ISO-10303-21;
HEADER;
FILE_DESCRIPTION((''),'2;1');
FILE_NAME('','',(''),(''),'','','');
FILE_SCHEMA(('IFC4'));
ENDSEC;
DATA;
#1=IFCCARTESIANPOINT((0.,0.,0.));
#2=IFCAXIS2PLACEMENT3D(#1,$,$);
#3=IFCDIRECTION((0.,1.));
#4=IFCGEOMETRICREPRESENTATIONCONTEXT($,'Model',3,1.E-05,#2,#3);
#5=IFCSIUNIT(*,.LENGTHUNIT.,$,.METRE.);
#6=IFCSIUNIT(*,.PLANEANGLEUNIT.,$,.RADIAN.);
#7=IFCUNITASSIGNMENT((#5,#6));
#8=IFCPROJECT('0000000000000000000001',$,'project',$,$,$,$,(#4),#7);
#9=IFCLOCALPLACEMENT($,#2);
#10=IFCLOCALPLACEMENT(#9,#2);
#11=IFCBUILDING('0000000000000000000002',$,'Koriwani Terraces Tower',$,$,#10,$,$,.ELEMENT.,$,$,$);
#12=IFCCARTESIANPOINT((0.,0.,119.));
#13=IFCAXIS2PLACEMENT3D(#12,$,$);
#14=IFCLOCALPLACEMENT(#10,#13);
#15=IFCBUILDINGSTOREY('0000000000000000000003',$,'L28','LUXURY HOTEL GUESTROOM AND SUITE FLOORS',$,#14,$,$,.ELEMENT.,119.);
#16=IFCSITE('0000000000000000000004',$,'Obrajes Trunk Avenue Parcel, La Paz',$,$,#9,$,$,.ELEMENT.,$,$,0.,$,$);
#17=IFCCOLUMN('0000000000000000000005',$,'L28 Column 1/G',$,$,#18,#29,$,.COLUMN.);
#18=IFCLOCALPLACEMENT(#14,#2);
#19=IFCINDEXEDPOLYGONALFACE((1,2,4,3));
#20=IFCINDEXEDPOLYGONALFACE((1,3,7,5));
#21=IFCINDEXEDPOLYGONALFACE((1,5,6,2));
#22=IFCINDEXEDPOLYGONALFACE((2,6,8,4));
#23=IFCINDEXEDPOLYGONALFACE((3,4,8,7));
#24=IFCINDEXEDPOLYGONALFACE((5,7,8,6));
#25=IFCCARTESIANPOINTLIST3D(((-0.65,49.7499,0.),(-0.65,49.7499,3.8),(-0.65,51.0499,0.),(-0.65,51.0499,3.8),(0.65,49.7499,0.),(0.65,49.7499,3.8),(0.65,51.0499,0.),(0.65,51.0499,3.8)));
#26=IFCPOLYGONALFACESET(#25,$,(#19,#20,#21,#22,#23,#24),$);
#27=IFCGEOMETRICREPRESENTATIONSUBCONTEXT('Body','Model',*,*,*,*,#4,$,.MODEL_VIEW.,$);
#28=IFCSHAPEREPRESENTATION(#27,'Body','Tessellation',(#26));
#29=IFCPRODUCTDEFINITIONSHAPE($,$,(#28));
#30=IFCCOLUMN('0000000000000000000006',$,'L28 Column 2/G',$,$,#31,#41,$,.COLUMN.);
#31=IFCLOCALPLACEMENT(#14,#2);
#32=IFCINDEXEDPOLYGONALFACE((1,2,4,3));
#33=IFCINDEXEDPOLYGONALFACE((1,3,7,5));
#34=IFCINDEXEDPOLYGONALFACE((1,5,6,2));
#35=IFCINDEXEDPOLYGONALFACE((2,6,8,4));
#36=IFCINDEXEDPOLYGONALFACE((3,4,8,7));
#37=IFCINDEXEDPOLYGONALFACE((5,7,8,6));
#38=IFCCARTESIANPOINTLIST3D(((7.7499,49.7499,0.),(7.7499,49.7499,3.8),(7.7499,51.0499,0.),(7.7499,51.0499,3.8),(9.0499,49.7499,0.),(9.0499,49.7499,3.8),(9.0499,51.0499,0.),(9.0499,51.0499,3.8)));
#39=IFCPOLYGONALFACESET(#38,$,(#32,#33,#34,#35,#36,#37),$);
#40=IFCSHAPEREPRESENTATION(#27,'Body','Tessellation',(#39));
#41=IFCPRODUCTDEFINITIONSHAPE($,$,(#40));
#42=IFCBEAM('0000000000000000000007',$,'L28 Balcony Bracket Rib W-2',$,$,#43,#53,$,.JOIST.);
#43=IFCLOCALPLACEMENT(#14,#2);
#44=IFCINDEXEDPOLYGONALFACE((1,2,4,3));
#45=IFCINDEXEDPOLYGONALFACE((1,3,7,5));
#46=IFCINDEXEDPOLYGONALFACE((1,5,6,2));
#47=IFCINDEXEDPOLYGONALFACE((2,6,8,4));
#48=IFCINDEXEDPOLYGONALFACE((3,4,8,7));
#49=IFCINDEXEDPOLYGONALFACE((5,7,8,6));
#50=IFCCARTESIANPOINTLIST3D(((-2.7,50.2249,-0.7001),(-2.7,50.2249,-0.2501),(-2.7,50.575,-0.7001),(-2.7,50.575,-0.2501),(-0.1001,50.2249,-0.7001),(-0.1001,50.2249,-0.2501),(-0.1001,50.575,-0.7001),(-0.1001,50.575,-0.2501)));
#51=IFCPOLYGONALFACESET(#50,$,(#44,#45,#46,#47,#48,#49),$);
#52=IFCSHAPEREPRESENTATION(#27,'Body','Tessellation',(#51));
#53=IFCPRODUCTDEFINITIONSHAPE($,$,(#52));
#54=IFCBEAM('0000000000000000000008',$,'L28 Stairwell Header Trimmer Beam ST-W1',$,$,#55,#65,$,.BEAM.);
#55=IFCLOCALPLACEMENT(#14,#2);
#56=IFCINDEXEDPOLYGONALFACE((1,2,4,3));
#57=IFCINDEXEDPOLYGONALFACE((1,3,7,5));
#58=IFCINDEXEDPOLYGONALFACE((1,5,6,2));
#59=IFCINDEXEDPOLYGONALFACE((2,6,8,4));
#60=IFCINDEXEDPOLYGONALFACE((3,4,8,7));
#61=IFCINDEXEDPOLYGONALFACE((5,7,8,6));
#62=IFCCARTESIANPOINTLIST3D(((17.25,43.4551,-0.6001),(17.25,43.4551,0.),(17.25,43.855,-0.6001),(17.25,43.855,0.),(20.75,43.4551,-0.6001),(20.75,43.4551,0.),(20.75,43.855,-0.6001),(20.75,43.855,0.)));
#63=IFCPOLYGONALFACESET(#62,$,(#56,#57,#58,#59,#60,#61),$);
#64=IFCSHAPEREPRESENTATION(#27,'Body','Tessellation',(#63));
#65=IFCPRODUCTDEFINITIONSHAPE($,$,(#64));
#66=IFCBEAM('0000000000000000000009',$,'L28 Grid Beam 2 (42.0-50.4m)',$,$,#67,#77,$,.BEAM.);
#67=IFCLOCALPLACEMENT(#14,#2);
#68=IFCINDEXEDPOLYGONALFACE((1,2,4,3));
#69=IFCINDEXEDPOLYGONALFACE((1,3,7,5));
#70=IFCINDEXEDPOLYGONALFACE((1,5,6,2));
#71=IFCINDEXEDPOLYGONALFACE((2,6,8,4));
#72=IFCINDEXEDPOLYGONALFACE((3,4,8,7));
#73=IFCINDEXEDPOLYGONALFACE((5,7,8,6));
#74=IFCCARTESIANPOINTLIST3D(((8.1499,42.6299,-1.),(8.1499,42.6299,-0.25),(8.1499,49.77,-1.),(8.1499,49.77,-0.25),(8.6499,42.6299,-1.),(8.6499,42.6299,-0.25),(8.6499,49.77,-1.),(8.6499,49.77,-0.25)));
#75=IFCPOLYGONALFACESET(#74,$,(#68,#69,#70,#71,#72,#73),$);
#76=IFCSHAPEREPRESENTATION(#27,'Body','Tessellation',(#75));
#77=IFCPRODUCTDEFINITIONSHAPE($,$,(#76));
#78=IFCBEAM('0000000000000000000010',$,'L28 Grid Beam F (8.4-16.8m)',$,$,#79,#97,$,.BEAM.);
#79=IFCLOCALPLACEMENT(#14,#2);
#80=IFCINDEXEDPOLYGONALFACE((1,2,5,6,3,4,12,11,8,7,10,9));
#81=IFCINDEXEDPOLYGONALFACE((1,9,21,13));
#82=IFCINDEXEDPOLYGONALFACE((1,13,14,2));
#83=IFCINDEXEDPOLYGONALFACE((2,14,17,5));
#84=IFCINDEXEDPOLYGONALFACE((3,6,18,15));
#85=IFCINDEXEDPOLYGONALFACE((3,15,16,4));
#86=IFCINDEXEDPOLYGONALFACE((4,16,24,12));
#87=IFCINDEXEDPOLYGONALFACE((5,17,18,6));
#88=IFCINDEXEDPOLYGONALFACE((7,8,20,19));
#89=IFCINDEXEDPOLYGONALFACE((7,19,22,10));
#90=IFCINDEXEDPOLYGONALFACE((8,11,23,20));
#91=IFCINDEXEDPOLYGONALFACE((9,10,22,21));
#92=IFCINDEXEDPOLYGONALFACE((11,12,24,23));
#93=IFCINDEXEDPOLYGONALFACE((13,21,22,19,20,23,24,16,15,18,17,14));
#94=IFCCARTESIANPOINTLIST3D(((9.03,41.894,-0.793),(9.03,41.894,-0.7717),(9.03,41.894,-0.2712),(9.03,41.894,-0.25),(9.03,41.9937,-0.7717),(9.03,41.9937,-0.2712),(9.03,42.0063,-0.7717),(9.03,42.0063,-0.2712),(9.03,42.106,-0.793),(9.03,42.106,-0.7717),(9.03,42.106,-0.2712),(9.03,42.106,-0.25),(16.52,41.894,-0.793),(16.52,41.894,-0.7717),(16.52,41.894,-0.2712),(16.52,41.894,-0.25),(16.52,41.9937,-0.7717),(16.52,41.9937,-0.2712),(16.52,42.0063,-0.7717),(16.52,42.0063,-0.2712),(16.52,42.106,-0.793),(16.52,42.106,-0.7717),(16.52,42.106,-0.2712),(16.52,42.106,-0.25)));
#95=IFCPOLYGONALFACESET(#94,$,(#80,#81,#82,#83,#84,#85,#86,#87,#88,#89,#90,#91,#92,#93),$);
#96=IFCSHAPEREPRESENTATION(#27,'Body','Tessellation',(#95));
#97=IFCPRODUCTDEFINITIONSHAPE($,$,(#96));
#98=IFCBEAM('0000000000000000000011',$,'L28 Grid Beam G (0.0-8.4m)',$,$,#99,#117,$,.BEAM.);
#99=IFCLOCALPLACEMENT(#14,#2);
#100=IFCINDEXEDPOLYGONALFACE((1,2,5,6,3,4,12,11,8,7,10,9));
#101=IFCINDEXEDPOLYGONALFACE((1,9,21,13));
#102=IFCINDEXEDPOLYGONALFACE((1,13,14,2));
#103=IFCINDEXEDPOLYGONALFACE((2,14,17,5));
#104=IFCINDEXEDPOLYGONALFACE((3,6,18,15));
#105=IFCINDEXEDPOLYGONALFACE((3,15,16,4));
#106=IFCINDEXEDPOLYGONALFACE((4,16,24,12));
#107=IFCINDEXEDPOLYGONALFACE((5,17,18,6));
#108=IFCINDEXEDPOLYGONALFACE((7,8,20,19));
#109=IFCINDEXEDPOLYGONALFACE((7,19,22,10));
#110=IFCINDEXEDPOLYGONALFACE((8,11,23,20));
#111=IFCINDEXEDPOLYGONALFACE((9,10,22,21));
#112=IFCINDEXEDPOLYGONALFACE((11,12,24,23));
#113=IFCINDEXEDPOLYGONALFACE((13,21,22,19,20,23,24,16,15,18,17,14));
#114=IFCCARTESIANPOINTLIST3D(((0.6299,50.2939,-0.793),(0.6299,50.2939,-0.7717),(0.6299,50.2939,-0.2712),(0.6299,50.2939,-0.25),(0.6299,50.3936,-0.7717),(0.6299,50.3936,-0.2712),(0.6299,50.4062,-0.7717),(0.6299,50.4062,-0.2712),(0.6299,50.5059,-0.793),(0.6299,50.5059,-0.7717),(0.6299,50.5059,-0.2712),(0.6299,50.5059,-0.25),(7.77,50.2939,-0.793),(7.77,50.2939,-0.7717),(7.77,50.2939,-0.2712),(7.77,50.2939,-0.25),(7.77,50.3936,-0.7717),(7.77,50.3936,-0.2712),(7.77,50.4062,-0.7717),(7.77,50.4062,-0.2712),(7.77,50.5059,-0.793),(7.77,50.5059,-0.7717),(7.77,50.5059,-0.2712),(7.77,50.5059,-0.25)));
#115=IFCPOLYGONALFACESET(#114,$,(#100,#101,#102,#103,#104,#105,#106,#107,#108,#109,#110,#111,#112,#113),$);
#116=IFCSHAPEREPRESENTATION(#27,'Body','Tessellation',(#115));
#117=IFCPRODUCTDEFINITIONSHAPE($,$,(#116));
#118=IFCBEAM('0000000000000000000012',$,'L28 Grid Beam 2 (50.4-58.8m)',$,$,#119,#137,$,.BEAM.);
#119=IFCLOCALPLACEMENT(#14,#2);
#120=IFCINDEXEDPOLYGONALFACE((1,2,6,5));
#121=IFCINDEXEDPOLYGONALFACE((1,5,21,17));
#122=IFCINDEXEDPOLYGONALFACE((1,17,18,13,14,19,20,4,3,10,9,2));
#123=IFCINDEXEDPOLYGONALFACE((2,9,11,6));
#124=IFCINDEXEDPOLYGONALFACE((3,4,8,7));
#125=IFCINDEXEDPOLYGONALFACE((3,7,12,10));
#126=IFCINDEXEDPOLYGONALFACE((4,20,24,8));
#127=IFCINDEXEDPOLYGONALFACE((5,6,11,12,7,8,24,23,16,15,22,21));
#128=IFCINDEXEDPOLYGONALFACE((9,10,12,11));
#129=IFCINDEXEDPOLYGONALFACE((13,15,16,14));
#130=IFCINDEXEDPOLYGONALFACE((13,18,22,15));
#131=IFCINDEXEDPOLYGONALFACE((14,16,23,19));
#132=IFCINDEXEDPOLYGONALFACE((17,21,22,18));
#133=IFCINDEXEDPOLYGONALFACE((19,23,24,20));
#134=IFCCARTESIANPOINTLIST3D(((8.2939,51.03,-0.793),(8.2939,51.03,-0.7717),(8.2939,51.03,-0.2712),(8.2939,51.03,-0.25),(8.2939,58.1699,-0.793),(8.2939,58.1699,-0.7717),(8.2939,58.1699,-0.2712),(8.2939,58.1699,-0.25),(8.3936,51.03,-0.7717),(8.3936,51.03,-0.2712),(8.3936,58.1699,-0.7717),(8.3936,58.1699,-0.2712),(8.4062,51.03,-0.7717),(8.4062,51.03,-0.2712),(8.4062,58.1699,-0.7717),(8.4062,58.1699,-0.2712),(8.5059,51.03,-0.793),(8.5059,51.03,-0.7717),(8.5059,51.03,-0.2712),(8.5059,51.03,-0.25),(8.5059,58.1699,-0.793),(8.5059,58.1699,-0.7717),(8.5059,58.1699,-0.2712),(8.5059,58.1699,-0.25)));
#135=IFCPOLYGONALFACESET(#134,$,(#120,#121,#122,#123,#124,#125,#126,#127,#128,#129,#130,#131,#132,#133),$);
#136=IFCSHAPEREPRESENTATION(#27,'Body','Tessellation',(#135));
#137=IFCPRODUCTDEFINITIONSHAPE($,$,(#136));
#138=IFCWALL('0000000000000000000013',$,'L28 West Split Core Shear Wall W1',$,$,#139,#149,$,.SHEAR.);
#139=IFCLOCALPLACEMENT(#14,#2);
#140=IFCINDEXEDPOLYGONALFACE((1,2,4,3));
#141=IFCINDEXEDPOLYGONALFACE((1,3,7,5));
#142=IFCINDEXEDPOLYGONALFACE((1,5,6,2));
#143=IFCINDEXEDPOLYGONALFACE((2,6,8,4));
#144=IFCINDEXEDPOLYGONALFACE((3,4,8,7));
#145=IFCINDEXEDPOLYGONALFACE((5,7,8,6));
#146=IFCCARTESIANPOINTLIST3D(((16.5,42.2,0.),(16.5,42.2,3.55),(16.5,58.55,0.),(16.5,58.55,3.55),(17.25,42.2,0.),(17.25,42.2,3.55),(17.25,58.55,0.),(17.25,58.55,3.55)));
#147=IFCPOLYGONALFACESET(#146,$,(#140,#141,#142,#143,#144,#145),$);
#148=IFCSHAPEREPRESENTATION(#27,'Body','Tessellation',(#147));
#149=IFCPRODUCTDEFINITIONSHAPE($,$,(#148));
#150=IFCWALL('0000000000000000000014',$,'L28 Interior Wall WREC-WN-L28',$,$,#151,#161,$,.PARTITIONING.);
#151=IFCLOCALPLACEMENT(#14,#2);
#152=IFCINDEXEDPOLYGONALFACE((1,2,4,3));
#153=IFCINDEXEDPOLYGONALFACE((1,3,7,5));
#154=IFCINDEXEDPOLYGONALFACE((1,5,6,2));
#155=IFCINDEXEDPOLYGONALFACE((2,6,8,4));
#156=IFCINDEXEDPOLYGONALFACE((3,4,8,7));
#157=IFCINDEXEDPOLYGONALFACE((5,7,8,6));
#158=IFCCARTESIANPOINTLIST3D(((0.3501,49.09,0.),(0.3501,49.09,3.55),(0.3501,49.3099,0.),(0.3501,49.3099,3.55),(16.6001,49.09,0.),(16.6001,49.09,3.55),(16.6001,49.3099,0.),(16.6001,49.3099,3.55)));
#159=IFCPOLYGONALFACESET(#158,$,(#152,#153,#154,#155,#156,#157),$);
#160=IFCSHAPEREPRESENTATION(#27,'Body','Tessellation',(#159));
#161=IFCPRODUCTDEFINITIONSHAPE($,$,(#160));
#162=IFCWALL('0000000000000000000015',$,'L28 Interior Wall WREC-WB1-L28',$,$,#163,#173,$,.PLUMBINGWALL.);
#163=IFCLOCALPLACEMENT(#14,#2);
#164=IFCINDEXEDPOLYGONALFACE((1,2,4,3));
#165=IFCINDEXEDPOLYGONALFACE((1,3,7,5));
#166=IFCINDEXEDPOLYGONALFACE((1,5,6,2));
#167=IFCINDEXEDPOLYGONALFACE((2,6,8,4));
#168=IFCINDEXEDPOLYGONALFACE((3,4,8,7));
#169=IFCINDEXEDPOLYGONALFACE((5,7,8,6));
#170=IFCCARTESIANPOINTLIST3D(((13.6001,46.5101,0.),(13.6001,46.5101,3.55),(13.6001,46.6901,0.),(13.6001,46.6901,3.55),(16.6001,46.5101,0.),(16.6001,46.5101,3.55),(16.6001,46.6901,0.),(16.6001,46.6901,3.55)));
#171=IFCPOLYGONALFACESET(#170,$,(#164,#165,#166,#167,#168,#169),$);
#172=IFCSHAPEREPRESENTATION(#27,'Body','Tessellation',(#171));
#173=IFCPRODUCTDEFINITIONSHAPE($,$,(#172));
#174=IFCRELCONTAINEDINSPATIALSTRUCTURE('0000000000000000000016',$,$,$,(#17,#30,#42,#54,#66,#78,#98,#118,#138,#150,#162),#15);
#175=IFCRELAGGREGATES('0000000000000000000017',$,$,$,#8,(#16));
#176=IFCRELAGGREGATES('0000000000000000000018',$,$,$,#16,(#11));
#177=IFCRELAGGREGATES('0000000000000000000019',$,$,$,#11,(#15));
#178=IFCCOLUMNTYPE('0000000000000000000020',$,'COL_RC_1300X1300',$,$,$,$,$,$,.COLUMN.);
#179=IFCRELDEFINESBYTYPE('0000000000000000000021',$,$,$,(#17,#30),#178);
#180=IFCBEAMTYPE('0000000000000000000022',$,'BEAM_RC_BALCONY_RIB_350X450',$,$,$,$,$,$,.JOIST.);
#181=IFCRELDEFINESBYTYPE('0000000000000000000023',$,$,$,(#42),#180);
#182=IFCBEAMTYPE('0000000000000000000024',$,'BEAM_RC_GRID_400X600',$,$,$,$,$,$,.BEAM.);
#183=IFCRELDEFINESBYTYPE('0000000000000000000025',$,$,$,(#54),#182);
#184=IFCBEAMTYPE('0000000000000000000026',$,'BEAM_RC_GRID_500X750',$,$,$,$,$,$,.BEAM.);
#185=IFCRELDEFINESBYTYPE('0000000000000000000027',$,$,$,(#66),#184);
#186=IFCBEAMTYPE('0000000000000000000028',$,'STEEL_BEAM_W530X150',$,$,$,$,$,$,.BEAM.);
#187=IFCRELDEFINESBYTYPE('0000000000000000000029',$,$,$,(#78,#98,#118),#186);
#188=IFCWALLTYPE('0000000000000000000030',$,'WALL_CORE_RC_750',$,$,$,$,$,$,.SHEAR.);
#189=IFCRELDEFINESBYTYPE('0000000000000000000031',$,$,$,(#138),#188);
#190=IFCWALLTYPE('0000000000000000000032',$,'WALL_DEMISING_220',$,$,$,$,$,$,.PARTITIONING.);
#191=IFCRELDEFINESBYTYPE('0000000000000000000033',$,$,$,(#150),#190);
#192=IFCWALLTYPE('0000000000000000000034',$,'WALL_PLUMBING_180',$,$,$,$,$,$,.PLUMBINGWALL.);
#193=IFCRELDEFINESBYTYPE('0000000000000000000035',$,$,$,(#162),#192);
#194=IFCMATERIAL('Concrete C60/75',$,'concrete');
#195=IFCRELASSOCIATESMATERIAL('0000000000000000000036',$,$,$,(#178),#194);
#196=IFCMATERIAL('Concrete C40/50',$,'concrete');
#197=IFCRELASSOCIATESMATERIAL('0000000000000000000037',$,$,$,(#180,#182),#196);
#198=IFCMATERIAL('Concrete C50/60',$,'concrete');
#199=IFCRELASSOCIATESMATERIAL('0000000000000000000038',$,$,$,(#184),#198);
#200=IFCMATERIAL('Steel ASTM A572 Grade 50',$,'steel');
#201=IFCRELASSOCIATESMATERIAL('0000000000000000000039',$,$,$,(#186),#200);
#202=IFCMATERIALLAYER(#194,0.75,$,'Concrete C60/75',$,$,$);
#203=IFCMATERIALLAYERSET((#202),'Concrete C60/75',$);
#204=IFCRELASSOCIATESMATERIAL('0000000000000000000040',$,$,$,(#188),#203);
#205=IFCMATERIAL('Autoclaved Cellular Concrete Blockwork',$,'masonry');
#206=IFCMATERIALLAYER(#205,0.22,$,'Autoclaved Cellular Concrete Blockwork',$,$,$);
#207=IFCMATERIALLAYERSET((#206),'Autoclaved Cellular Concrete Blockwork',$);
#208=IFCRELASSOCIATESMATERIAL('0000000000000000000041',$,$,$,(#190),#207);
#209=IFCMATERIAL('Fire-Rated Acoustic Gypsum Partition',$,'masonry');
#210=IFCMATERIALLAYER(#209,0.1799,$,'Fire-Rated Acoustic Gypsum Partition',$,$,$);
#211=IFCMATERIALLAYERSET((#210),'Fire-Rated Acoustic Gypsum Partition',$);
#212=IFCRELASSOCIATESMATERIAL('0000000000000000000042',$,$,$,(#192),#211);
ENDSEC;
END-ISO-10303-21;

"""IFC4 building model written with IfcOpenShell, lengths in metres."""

from ifc_helpers import new_model, si_unit, direction, frame, frame_2d, origin, origin_2d, place, context, subcontext, project, spatial, rectangle, i_section, extrude, material, layer, layer_set, material_profile, profile_set, type_object, element, save


model = new_model("IFC4")

# Units and contexts
model_context = context("Model", 3, precision=1e-05, world=origin(), true_north=direction((0.0, 1.0)))
body_context = subcontext(model_context, "Body", "Model", "MODEL_VIEW")
ifc_project = project(units=[si_unit("LENGTHUNIT", "METRE"), si_unit("PLANEANGLEUNIT", "RADIAN")], contexts=[model_context])

# Site, building, storey
site_placement = place(None, origin())
site = spatial("IfcSite", under=ifc_project, at=site_placement, Name="Obrajes Trunk Avenue Parcel, La Paz", CompositionType="ELEMENT", RefElevation=0.0)
building_placement = place(site_placement, origin())
building = spatial("IfcBuilding", under=site, at=building_placement, Name="Koriwani Terraces Tower", CompositionType="ELEMENT")
storey_placement = place(building_placement, frame((0.0, 0.0, 119.0)))
storey = spatial("IfcBuildingStorey", under=building, at=storey_placement, Name="L28", Description="LUXURY HOTEL GUESTROOM AND SUITE FLOORS", CompositionType="ELEMENT", Elevation=119.0)

# Columns
ifc_material_1 = material(Name="Concrete C60/75", Category="concrete")
ifc_material_profile_1 = material_profile(ifc_material_1, rectangle(XDim=1.3, YDim=1.3, at=origin_2d()), Name="Concrete C60/75", Category="LoadBearing")
ifc_profile_set_1 = profile_set([ifc_material_profile_1], Name="Concrete C60/75")
column_type = type_object("IfcColumnType", Name="COL_RC_1300X1300", PredefinedType="COLUMN", material=ifc_profile_set_1)
for number, where, z_axis, x_axis, name in (
    (1, (0.0, 50.3999, 0.0), (0.0, 0.0, 1.0), (1.0, 0.0, 0.0), "L28 Column 1/G"),
    (2, (8.3999, 50.3999, 0.0), (0.0, 0.0, 1.0), (1.0, 0.0, 0.0), "L28 Column 2/G"),
):
    element("IfcColumn", number, at=place(storey_placement, frame(where, z_axis=z_axis, x_axis=x_axis)), inside=storey, type_object=column_type, Name=name, PredefinedType="COLUMN", context=body_context, shape_type="SweptSolid", body=[
        extrude(rectangle(XDim=1.3, YDim=1.3, at=origin_2d()), origin(), (0.0, 0.0, 1.0), 3.8),
    ])

# Beams
ifc_material_2 = material(Name="Concrete C40/50", Category="concrete")
ifc_material_profile_2 = material_profile(ifc_material_2, rectangle(XDim=0.3501, YDim=0.45, at=origin_2d()), Name="Concrete C40/50", Category="LoadBearing")
ifc_profile_set_2 = profile_set([ifc_material_profile_2], Name="Concrete C40/50")
beam_type_1 = type_object("IfcBeamType", Name="BEAM_RC_BALCONY_RIB_350X450", PredefinedType="JOIST", material=ifc_profile_set_2)
beam_1_placement = place(storey_placement, frame((-2.7, 50.3999, -0.4751), z_axis=(1.0, 0.0, 0.0), x_axis=(0.0, 1.0, 0.0)))
element("IfcBeam", 3, at=beam_1_placement, inside=storey, type_object=beam_type_1, Name="L28 Balcony Bracket Rib W-2", PredefinedType="JOIST", context=body_context, shape_type="SweptSolid", body=[
    extrude(rectangle(XDim=0.3501, YDim=0.45, at=origin_2d()), origin(), (0.0, 0.0, 1.0), 2.5999),
])
ifc_material_profile_3 = material_profile(ifc_material_2, rectangle(XDim=0.3999, YDim=0.6001, at=origin_2d()), Name="Concrete C40/50", Category="LoadBearing")
ifc_profile_set_3 = profile_set([ifc_material_profile_3], Name="Concrete C40/50")
beam_type_2 = type_object("IfcBeamType", Name="BEAM_RC_GRID_400X600", PredefinedType="BEAM", material=ifc_profile_set_3)
beam_2_placement = place(storey_placement, frame((17.25, 43.655, -0.3), z_axis=(1.0, 0.0, 0.0), x_axis=(0.0, 1.0, 0.0)))
element("IfcBeam", 4, at=beam_2_placement, inside=storey, type_object=beam_type_2, Name="L28 Stairwell Header Trimmer Beam ST-W1", PredefinedType="BEAM", context=body_context, shape_type="SweptSolid", body=[
    extrude(rectangle(XDim=0.3999, YDim=0.6001, at=origin_2d()), origin(), (0.0, 0.0, 1.0), 3.5),
])
ifc_material_3 = material(Name="Concrete C50/60", Category="concrete")
ifc_material_profile_4 = material_profile(ifc_material_3, rectangle(XDim=0.5, YDim=0.75, at=origin_2d()), Name="Concrete C50/60", Category="LoadBearing")
ifc_profile_set_4 = profile_set([ifc_material_profile_4], Name="Concrete C50/60")
beam_type_3 = type_object("IfcBeamType", Name="BEAM_RC_GRID_500X750", PredefinedType="BEAM", material=ifc_profile_set_4)
beam_3_placement = place(storey_placement, frame((8.3999, 42.6299, -0.625), z_axis=(0.0, 1.0, 0.0), x_axis=(-1.0, 0.0, 0.0)))
element("IfcBeam", 5, at=beam_3_placement, inside=storey, type_object=beam_type_3, Name="L28 Grid Beam 2 (42.0-50.4m)", PredefinedType="BEAM", context=body_context, shape_type="SweptSolid", body=[
    extrude(rectangle(XDim=0.5, YDim=0.75, at=origin_2d()), origin(), (0.0, 0.0, 1.0), 7.1401),
])
ifc_material_4 = material(Name="Steel ASTM A572 Grade 50", Category="steel")
ifc_material_profile_5 = material_profile(ifc_material_4, i_section(OverallWidth=0.2119, OverallDepth=0.543, WebThickness=0.0127, FlangeThickness=0.0212, at=origin_2d()), Name="Steel ASTM A572 Grade 50", Category="LoadBearing")
ifc_profile_set_5 = profile_set([ifc_material_profile_5], Name="Steel ASTM A572 Grade 50")
beam_type_4 = type_object("IfcBeamType", Name="STEEL_BEAM_W530X150", PredefinedType="BEAM", material=ifc_profile_set_5)
beam_4_placement = place(storey_placement, frame((9.03, 42.0, -0.5215), z_axis=(1.0, 0.0, 0.0), x_axis=(0.0, 1.0, 0.0)))
element("IfcBeam", 6, at=beam_4_placement, inside=storey, type_object=beam_type_4, Name="L28 Grid Beam F (8.4-16.8m)", PredefinedType="BEAM", context=body_context, shape_type="SweptSolid", body=[
    extrude(i_section(OverallWidth=0.2119, OverallDepth=0.543, WebThickness=0.0127, FlangeThickness=0.0212, at=origin_2d()), origin(), (0.0, 0.0, 1.0), 7.49),
])
beam_5_placement = place(storey_placement, frame((0.6299, 50.3999, -0.5215), z_axis=(1.0, 0.0, 0.0), x_axis=(0.0, 1.0, 0.0)))
element("IfcBeam", 7, at=beam_5_placement, inside=storey, type_object=beam_type_4, Name="L28 Grid Beam G (0.0-8.4m)", PredefinedType="BEAM", context=body_context, shape_type="SweptSolid", body=[
    extrude(i_section(OverallWidth=0.2119, OverallDepth=0.543, WebThickness=0.0127, FlangeThickness=0.0212, at=origin_2d()), origin(), (0.0, 0.0, 1.0), 7.1401),
])
beam_6_placement = place(storey_placement, frame((8.3999, 51.03, -0.5215), z_axis=(0.0, 1.0, 0.0), x_axis=(-1.0, 0.0, 0.0)))
element("IfcBeam", 8, at=beam_6_placement, inside=storey, type_object=beam_type_4, Name="L28 Grid Beam 2 (50.4-58.8m)", PredefinedType="BEAM", context=body_context, shape_type="SweptSolid", body=[
    extrude(i_section(OverallWidth=0.2119, OverallDepth=0.543, WebThickness=0.0127, FlangeThickness=0.0212, at=origin_2d()), origin(), (0.0, 0.0, 1.0), 7.1399),
])

# Walls
ifc_layer_1 = layer(ifc_material_1, 0.75, Name="Concrete C60/75")
ifc_layer_set_1 = layer_set([ifc_layer_1], Name="Concrete C60/75")
wall_type_1 = type_object("IfcWallType", Name="WALL_CORE_RC_750", PredefinedType="SHEAR", material=ifc_layer_set_1)
wall_1_placement = place(storey_placement, frame((16.875, 42.2, 0.0), z_axis=(0.0, 0.0, 1.0), x_axis=(0.0, 1.0, 0.0)))
element("IfcWall", 9, at=wall_1_placement, inside=storey, type_object=wall_type_1, Name="L28 West Split Core Shear Wall W1", PredefinedType="SHEAR", context=body_context, shape_type="SweptSolid", body=[
    extrude(rectangle(XDim=16.3501, YDim=0.75, at=frame_2d((8.175, 0.0))), origin(), (0.0, 0.0, 1.0), 3.55),
])
ifc_material_5 = material(Name="Autoclaved Cellular Concrete Blockwork", Category="masonry")
ifc_layer_2 = layer(ifc_material_5, 0.22, Name="Autoclaved Cellular Concrete Blockwork")
ifc_layer_set_2 = layer_set([ifc_layer_2], Name="Autoclaved Cellular Concrete Blockwork")
wall_type_2 = type_object("IfcWallType", Name="WALL_DEMISING_220", PredefinedType="PARTITIONING", material=ifc_layer_set_2)
wall_2_placement = place(storey_placement, frame((0.3501, 49.2, 0.0), z_axis=(0.0, 0.0, 1.0), x_axis=(1.0, 0.0, 0.0)))
element("IfcWall", 10, at=wall_2_placement, inside=storey, type_object=wall_type_2, Name="L28 Interior Wall WREC-WN-L28", PredefinedType="PARTITIONING", context=body_context, shape_type="SweptSolid", body=[
    extrude(rectangle(XDim=16.25, YDim=0.22, at=frame_2d((8.125, 0.0))), origin(), (0.0, 0.0, 1.0), 3.55),
])
ifc_material_6 = material(Name="Fire-Rated Acoustic Gypsum Partition", Category="masonry")
ifc_layer_3 = layer(ifc_material_6, 0.1799, Name="Fire-Rated Acoustic Gypsum Partition")
ifc_layer_set_3 = layer_set([ifc_layer_3], Name="Fire-Rated Acoustic Gypsum Partition")
wall_type_3 = type_object("IfcWallType", Name="WALL_PLUMBING_180", PredefinedType="PLUMBINGWALL", material=ifc_layer_set_3)
wall_3_placement = place(storey_placement, frame((13.6001, 46.6001, 0.0), z_axis=(0.0, 0.0, 1.0), x_axis=(1.0, 0.0, 0.0)))
element("IfcWall", 11, at=wall_3_placement, inside=storey, type_object=wall_type_3, Name="L28 Interior Wall WREC-WB1-L28", PredefinedType="PLUMBINGWALL", context=body_context, shape_type="SweptSolid", body=[
    extrude(rectangle(XDim=3.0, YDim=0.1799, at=frame_2d((1.5, 0.0))), origin(), (0.0, 0.0, 1.0), 3.55),
])

save(model, "model.ifc")
